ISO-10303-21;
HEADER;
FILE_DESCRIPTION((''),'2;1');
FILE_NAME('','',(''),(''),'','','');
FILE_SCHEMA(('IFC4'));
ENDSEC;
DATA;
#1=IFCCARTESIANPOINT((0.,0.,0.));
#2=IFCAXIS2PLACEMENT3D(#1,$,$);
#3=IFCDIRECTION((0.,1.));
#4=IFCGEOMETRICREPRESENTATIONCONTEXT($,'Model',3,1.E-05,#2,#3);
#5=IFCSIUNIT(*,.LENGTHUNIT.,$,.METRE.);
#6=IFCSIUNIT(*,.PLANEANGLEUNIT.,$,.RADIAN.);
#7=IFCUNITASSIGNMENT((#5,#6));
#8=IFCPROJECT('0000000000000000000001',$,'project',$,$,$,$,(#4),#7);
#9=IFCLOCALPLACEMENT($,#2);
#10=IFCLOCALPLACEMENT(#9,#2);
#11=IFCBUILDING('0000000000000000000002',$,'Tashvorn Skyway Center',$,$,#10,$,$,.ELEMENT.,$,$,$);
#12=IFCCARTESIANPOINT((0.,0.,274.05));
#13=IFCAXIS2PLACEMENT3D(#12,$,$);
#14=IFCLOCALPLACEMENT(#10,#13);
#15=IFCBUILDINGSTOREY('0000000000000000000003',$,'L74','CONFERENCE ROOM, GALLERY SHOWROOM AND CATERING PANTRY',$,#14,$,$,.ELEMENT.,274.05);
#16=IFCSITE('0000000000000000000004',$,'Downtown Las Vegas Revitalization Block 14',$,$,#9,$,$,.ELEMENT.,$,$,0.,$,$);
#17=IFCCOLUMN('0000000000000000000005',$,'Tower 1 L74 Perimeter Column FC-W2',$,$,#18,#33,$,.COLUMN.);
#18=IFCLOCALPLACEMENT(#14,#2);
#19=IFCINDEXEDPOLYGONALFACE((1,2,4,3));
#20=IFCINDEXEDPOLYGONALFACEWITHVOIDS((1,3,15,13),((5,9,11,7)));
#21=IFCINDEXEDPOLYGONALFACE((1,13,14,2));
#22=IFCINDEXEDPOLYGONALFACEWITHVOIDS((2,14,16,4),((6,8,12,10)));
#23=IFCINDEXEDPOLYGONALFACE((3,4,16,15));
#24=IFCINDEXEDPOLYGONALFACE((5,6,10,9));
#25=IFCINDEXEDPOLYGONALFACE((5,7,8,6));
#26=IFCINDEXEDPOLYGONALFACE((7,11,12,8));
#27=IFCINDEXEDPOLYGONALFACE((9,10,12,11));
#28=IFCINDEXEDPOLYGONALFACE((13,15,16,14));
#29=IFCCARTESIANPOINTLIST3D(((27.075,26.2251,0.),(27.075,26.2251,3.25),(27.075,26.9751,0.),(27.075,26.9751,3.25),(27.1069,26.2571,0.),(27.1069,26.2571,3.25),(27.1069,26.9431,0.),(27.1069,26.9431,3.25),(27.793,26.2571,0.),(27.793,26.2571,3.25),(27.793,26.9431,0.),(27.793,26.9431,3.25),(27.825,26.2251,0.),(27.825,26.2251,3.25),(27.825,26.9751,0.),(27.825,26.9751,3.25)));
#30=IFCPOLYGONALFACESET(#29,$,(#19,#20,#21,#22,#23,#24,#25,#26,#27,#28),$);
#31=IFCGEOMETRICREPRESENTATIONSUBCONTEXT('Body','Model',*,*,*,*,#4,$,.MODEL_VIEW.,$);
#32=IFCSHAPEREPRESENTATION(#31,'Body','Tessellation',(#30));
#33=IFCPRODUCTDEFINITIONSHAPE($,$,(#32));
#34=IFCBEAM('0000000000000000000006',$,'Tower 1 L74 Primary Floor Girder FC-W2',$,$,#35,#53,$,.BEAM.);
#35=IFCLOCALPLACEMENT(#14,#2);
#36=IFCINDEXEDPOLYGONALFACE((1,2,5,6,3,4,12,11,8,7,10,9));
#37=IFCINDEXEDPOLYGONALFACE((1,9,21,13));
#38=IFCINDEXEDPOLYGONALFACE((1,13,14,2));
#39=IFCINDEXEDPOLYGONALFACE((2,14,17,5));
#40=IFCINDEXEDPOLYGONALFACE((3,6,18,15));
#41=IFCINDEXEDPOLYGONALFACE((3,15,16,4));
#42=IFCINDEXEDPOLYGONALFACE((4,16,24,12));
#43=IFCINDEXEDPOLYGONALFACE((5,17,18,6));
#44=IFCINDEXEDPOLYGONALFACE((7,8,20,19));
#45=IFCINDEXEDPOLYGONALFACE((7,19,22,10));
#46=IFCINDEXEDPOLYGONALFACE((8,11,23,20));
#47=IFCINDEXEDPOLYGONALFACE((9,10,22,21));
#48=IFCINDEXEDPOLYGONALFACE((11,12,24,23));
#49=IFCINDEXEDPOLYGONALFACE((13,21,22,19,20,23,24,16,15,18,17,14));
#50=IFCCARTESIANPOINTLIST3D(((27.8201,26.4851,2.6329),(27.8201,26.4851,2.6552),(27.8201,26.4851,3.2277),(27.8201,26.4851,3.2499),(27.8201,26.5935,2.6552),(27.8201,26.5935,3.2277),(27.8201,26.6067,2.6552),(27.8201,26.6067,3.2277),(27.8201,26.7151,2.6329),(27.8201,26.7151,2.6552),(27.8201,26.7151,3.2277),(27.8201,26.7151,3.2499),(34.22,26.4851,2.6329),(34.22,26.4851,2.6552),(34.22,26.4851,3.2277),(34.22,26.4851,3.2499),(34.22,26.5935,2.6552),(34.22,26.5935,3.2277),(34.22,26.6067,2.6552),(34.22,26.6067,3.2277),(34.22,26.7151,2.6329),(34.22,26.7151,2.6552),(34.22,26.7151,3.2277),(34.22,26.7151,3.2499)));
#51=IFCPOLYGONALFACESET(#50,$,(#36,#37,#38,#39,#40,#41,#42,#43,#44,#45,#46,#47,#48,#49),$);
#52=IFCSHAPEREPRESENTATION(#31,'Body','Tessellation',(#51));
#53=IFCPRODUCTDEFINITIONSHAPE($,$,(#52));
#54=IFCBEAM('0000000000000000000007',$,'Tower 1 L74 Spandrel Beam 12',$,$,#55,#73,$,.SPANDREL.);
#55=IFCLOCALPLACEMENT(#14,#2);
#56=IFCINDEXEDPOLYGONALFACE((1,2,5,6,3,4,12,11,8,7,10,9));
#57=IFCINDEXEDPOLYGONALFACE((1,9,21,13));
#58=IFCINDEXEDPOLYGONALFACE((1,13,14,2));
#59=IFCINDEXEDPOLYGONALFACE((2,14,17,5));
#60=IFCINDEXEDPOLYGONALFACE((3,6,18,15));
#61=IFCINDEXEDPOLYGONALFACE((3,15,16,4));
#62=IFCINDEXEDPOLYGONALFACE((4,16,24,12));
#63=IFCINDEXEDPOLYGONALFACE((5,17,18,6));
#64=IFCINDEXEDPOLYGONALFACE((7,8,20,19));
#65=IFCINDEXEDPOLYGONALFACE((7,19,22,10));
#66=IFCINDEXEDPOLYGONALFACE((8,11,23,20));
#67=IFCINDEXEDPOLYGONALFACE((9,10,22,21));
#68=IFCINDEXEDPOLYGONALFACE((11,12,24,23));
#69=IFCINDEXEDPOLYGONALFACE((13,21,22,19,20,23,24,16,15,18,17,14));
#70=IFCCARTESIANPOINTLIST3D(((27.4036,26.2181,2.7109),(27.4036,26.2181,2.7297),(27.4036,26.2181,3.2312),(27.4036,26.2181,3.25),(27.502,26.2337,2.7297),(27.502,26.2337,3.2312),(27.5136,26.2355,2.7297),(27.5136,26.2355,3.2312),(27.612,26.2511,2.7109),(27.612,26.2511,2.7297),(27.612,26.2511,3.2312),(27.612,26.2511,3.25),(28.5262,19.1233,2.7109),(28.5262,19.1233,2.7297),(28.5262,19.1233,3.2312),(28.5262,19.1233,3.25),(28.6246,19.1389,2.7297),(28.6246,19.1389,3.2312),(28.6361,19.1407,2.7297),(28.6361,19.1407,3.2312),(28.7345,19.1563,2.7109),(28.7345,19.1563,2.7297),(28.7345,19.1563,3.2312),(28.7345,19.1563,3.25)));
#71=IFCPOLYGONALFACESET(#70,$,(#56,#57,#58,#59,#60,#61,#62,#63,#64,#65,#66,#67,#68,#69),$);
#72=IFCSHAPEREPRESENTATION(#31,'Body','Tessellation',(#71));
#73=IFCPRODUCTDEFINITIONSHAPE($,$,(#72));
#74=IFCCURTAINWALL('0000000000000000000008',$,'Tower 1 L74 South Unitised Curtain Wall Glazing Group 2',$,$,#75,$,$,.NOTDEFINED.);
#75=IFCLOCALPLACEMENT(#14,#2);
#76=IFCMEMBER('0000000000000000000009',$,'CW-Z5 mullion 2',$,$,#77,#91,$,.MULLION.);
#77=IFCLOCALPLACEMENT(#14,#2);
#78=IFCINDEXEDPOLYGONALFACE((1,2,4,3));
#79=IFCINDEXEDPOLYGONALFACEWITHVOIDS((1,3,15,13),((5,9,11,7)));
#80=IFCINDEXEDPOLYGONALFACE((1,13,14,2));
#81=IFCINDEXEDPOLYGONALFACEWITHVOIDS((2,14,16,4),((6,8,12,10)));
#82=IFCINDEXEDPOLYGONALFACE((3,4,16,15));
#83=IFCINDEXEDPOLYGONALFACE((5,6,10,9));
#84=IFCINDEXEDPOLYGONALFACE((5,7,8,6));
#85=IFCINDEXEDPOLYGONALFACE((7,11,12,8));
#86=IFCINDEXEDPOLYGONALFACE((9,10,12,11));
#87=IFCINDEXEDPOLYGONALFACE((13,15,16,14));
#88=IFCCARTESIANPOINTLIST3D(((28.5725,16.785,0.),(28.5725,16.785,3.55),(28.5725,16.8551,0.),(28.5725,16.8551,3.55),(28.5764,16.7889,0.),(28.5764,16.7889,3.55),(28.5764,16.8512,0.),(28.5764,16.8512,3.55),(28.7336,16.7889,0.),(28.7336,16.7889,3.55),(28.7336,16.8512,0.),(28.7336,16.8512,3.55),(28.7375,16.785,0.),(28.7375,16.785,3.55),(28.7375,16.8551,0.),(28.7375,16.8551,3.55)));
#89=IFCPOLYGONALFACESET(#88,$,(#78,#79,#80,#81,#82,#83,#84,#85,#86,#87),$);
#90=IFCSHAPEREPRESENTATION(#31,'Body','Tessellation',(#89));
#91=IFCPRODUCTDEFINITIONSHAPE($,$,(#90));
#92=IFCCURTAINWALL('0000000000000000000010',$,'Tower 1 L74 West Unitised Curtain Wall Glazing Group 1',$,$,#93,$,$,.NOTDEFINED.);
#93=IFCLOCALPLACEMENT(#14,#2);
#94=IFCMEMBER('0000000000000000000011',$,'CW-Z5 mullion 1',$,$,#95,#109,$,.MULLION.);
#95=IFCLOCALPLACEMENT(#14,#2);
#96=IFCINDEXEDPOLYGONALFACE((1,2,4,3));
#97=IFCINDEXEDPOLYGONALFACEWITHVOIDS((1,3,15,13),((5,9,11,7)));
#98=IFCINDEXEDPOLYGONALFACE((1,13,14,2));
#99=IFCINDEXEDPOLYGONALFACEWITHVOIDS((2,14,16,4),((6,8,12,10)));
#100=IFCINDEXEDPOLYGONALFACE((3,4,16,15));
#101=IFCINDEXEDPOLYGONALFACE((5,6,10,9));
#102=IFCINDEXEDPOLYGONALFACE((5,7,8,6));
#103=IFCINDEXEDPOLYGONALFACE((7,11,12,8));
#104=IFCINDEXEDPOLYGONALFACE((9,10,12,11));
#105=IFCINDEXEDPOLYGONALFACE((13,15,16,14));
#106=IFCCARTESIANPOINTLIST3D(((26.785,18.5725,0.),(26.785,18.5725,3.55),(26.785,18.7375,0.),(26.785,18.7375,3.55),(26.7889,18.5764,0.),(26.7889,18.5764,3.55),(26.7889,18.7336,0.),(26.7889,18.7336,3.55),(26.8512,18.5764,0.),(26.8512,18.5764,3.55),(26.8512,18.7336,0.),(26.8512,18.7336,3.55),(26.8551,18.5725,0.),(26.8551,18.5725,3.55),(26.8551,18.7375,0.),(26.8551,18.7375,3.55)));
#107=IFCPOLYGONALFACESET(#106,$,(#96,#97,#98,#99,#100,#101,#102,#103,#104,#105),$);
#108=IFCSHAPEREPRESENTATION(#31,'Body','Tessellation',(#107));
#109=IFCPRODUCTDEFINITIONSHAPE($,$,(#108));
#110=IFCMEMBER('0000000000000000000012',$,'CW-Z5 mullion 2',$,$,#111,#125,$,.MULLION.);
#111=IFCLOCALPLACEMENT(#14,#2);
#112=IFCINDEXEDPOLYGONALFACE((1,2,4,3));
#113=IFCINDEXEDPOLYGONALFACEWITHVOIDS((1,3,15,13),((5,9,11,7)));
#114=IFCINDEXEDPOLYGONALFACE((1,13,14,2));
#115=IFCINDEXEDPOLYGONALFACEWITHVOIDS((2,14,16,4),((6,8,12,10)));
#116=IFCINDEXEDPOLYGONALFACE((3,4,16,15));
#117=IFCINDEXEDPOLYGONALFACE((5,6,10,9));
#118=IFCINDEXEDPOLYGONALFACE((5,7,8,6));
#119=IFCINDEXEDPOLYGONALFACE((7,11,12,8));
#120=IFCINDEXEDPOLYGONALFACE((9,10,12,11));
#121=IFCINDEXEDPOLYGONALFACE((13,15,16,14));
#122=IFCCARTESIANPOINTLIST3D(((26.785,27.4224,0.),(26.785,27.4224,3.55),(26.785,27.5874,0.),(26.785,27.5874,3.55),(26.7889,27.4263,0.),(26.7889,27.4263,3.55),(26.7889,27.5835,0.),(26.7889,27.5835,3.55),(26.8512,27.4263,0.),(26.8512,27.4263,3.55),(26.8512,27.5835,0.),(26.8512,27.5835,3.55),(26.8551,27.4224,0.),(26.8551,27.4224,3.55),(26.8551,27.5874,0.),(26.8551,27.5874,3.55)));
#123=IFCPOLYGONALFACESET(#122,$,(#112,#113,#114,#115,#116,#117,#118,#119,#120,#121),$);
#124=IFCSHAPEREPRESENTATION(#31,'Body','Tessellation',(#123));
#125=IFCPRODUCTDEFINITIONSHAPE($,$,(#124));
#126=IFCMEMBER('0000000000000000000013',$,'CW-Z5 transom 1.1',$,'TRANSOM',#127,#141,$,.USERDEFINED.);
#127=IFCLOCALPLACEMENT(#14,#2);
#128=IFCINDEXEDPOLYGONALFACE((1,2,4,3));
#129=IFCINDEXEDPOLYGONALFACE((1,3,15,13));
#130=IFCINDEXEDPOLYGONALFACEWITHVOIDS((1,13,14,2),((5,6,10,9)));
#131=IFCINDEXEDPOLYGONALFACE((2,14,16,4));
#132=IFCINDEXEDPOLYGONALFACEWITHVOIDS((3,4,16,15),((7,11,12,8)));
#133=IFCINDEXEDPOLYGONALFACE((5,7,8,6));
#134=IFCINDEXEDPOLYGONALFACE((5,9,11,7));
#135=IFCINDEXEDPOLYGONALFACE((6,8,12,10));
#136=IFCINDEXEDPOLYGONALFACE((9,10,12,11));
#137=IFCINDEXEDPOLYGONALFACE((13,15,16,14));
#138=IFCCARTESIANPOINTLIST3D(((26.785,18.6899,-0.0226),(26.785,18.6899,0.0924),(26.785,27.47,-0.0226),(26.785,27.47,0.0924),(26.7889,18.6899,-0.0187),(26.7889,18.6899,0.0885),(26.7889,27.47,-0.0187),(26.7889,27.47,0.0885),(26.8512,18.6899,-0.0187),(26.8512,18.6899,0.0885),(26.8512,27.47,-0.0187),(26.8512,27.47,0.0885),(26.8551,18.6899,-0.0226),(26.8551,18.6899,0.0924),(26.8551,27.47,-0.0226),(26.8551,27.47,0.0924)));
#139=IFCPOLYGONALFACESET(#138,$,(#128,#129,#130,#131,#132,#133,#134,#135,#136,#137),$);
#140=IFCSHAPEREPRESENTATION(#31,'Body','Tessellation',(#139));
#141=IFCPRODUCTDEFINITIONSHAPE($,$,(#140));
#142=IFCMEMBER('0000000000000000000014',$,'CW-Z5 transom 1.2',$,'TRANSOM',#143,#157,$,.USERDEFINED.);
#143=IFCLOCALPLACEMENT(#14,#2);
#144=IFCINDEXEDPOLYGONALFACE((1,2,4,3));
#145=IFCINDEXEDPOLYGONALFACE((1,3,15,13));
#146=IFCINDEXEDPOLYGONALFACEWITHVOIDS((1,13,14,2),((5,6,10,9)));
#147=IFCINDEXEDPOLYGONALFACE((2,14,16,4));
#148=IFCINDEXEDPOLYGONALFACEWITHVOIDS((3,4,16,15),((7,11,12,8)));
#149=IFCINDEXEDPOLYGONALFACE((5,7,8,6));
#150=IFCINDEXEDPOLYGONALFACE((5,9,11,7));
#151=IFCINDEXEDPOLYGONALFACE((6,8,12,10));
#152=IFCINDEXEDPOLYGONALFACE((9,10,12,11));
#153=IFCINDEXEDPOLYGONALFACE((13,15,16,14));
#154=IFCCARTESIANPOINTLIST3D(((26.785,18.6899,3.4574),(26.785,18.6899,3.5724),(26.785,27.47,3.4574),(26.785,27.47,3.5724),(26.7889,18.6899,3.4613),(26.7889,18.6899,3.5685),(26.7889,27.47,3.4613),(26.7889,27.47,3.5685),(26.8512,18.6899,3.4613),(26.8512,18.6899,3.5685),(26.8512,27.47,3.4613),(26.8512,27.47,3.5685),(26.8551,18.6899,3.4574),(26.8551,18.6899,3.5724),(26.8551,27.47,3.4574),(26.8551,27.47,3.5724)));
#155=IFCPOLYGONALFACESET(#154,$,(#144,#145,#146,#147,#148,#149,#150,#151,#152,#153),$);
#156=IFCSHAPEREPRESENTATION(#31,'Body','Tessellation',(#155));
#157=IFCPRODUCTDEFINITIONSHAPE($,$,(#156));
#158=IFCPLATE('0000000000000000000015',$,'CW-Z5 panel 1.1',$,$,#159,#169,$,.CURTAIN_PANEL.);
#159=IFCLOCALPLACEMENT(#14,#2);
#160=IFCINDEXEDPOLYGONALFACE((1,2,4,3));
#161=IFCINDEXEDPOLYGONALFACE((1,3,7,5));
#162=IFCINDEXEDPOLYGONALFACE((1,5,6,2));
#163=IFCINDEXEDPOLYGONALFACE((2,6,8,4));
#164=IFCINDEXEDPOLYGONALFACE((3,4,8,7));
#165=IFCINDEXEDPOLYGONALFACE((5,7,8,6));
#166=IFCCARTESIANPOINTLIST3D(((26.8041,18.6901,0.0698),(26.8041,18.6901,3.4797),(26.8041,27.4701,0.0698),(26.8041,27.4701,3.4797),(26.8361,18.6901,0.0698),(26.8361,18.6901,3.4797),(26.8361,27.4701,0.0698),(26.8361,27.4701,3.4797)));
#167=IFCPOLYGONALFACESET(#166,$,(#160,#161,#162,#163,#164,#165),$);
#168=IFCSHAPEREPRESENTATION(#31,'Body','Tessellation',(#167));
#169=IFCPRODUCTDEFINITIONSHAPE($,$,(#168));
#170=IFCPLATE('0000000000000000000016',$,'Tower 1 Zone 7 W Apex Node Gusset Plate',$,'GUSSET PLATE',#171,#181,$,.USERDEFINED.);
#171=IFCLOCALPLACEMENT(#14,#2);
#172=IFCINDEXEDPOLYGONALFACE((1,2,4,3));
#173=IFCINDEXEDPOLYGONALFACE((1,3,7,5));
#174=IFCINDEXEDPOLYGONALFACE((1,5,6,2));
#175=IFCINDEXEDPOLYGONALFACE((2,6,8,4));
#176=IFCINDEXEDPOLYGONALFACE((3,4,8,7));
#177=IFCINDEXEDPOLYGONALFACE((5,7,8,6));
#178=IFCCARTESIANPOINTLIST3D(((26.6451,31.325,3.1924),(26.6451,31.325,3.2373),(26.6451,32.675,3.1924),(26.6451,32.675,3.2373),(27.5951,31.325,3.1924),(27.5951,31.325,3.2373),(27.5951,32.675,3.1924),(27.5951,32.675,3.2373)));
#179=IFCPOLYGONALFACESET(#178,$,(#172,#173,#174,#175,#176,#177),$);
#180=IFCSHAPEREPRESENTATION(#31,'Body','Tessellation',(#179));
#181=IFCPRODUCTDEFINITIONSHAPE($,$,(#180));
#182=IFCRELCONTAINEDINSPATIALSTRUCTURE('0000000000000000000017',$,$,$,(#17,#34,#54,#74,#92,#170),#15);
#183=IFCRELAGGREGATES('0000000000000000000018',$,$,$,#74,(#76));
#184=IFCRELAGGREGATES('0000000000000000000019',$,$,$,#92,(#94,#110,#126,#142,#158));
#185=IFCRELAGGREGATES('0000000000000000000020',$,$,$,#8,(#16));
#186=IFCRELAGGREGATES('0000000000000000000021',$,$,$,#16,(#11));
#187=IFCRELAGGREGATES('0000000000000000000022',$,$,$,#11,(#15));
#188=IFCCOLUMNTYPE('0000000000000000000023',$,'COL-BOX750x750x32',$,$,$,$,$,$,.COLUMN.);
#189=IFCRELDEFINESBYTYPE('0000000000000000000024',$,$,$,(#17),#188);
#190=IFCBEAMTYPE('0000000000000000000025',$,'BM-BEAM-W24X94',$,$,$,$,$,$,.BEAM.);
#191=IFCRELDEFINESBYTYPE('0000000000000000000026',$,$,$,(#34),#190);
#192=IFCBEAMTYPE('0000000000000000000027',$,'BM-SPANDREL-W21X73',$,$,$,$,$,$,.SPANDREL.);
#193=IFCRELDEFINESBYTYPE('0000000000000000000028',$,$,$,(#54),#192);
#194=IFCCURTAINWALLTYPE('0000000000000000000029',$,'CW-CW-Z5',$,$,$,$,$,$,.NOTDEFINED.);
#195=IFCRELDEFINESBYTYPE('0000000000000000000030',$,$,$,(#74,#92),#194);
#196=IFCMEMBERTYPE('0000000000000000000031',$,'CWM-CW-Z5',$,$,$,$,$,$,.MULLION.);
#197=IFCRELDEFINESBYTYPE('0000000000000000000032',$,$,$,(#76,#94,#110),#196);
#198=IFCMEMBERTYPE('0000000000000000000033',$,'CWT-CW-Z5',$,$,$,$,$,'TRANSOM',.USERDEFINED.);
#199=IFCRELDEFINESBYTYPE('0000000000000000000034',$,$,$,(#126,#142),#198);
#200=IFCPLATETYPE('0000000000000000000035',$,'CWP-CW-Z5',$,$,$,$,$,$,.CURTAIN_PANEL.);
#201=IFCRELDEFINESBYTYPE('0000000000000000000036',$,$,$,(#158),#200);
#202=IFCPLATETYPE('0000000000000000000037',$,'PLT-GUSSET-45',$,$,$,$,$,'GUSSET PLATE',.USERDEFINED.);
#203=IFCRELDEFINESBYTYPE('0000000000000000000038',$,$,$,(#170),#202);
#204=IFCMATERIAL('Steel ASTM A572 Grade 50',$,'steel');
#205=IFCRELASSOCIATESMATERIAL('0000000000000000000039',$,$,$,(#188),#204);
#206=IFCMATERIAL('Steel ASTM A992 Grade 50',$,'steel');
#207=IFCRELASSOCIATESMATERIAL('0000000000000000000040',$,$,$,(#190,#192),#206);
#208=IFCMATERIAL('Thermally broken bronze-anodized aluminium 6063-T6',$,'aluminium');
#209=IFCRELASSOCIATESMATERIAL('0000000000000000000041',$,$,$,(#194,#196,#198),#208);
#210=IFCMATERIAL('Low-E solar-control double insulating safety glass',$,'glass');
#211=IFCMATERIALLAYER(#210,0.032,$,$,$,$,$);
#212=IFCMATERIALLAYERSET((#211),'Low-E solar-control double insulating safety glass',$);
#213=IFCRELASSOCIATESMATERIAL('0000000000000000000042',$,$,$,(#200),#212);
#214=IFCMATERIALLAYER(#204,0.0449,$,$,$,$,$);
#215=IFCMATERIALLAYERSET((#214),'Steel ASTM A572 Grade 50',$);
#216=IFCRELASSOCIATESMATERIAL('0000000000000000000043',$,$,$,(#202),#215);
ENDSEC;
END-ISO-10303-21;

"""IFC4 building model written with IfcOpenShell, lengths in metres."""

from ifc_helpers import new_model, si_unit, direction, frame, origin, origin_2d, place, context, subcontext, project, spatial, rectangle, hollow_rectangle, i_section, extrude, material, layer, layer_set, material_profile, profile_set, type_object, element, aggregate, save


model = new_model("IFC4")

# Units and contexts
model_context = context("Model", 3, precision=1e-05, world=origin(), true_north=direction((0.0, 1.0)))
body_context = subcontext(model_context, "Body", "Model", "MODEL_VIEW")
ifc_project = project(units=[si_unit("LENGTHUNIT", "METRE"), si_unit("PLANEANGLEUNIT", "RADIAN")], contexts=[model_context])

# Site, building, storey
site_placement = place(None, origin())
site = spatial("IfcSite", under=ifc_project, at=site_placement, Name="Downtown Las Vegas Revitalization Block 14", CompositionType="ELEMENT", RefElevation=0.0)
building_placement = place(site_placement, origin())
building = spatial("IfcBuilding", under=site, at=building_placement, Name="Tashvorn Skyway Center", CompositionType="ELEMENT")
storey_placement = place(building_placement, frame((0.0, 0.0, 274.05)))
storey = spatial("IfcBuildingStorey", under=building, at=storey_placement, Name="L74", Description="CONFERENCE ROOM, GALLERY SHOWROOM AND CATERING PANTRY", CompositionType="ELEMENT", Elevation=274.05)

# Column
ifc_material_1 = material(Name="Steel ASTM A572 Grade 50", Category="steel")
ifc_material_profile_1 = material_profile(ifc_material_1, hollow_rectangle(XDim=0.75, YDim=0.75, WallThickness=0.032, at=origin_2d()), Name="BOX750x750x32")
ifc_profile_set_1 = profile_set([ifc_material_profile_1], Name="Steel ASTM A572 Grade 50")
column_type = type_object("IfcColumnType", Name="COL-BOX750x750x32", PredefinedType="COLUMN", material=ifc_profile_set_1)
column_placement = place(storey_placement, frame((27.45, 26.6001, 0.0), z_axis=(0.0, 0.0, 1.0), x_axis=(1.0, 0.0, 0.0)))
element("IfcColumn", 1, at=column_placement, inside=storey, type_object=column_type, Name="Tower 1 L74 Perimeter Column FC-W2", PredefinedType="COLUMN", context=body_context, shape_type="SweptSolid", body=[
    extrude(hollow_rectangle(XDim=0.75, YDim=0.75, WallThickness=0.032, at=origin_2d()), origin(), (0.0, 0.0, 1.0), 3.25),
])

# Beams
ifc_material_2 = material(Name="Steel ASTM A992 Grade 50", Category="steel")
ifc_material_profile_2 = material_profile(ifc_material_2, i_section(OverallWidth=0.23, OverallDepth=0.6169, WebThickness=0.0132, FlangeThickness=0.0222, at=origin_2d()), Name="W24X94")
ifc_profile_set_2 = profile_set([ifc_material_profile_2], Name="Steel ASTM A992 Grade 50")
beam_type_1 = type_object("IfcBeamType", Name="BM-BEAM-W24X94", PredefinedType="BEAM", material=ifc_profile_set_2)
beam_1_placement = place(storey_placement, frame((27.8201, 26.6001, 2.9414), z_axis=(1.0, 0.0, 0.0), x_axis=(0.0, 1.0, 0.0)))
element("IfcBeam", 2, at=beam_1_placement, inside=storey, type_object=beam_type_1, Name="Tower 1 L74 Primary Floor Girder FC-W2", PredefinedType="BEAM", context=body_context, shape_type="SweptSolid", body=[
    extrude(i_section(OverallWidth=0.23, OverallDepth=0.6169, WebThickness=0.0132, FlangeThickness=0.0222, at=origin_2d()), origin(), (0.0, 0.0, 1.0), 6.3999),
])
ifc_material_profile_3 = material_profile(ifc_material_2, i_section(OverallWidth=0.2109, OverallDepth=0.5391, WebThickness=0.0117, FlangeThickness=0.0188, at=origin_2d()), Name="W21X73")
ifc_profile_set_3 = profile_set([ifc_material_profile_3], Name="Steel ASTM A992 Grade 50")
beam_type_2 = type_object("IfcBeamType", Name="BM-SPANDREL-W21X73", PredefinedType="SPANDREL", material=ifc_profile_set_3)
beam_2_placement = place(storey_placement, frame((27.5078, 26.2346, 2.9805), z_axis=(0.156275, -0.987714, 0.0), x_axis=(0.987714, 0.156275, 0.0)))
element("IfcBeam", 3, at=beam_2_placement, inside=storey, type_object=beam_type_2, Name="Tower 1 L74 Spandrel Beam 12", PredefinedType="SPANDREL", context=body_context, shape_type="SweptSolid", body=[
    extrude(i_section(OverallWidth=0.2109, OverallDepth=0.5391, WebThickness=0.0117, FlangeThickness=0.0188, at=origin_2d()), origin(), (0.0, 0.0, 1.0), 7.1831),
])

# Curtain wall, member
ifc_material_3 = material(Name="Thermally broken bronze-anodized aluminium 6063-T6", Category="aluminium")
curtain_wall_type = type_object("IfcCurtainWallType", Name="CW-CW-Z5", PredefinedType="NOTDEFINED", material=ifc_material_3)
curtain_wall_1_placement = place(storey_placement, origin())
curtain_wall_1 = element("IfcCurtainWall", 4, at=curtain_wall_1_placement, inside=storey, type_object=curtain_wall_type, Name="Tower 1 L74 South Unitised Curtain Wall Glazing Group 2", PredefinedType="NOTDEFINED")
ifc_material_profile_4 = material_profile(ifc_material_3, hollow_rectangle(XDim=0.0701, YDim=0.165, WallThickness=0.0039, at=origin_2d()), Name="ALU-MULL-70x165")
ifc_profile_set_4 = profile_set([ifc_material_profile_4], Name="Thermally broken bronze-anodized aluminium 6063-T6")
member_type_1 = type_object("IfcMemberType", Name="CWM-CW-Z5", PredefinedType="MULLION", material=ifc_profile_set_4)
member_1_placement = place(storey_placement, frame((28.655, 16.8201, 0.0), z_axis=(0.0, 0.0, 1.0), x_axis=(0.0, -1.0, 0.0)))
member_1 = element("IfcMember", 5, at=member_1_placement, type_object=member_type_1, Name="CW-Z5 mullion 2", PredefinedType="MULLION", context=body_context, shape_type="SweptSolid", body=[
    extrude(hollow_rectangle(XDim=0.0701, YDim=0.165, WallThickness=0.0039, at=origin_2d()), origin(), (0.0, 0.0, 1.0), 3.55),
])
aggregate(curtain_wall_1, [member_1])

# Curtain wall, members, plate
curtain_wall_2_placement = place(storey_placement, origin())
curtain_wall_2 = element("IfcCurtainWall", 6, at=curtain_wall_2_placement, inside=storey, type_object=curtain_wall_type, Name="Tower 1 L74 West Unitised Curtain Wall Glazing Group 1", PredefinedType="NOTDEFINED")
member_2_placement = place(storey_placement, frame((26.8201, 18.655, 0.0), z_axis=(0.0, 0.0, 1.0), x_axis=(-1.0, 0.0, 0.0)))
member_2 = element("IfcMember", 7, at=member_2_placement, type_object=member_type_1, Name="CW-Z5 mullion 1", PredefinedType="MULLION", context=body_context, shape_type="SweptSolid", body=[
    extrude(hollow_rectangle(XDim=0.0701, YDim=0.165, WallThickness=0.0039, at=origin_2d()), origin(), (0.0, 0.0, 1.0), 3.55),
])
member_3_placement = place(storey_placement, frame((26.8201, 27.5049, 0.0), z_axis=(0.0, 0.0, 1.0), x_axis=(-1.0, 0.0, 0.0)))
member_3 = element("IfcMember", 8, at=member_3_placement, type_object=member_type_1, Name="CW-Z5 mullion 2", PredefinedType="MULLION", context=body_context, shape_type="SweptSolid", body=[
    extrude(hollow_rectangle(XDim=0.0701, YDim=0.165, WallThickness=0.0039, at=origin_2d()), origin(), (0.0, 0.0, 1.0), 3.55),
])
ifc_material_profile_5 = material_profile(ifc_material_3, hollow_rectangle(XDim=0.0701, YDim=0.115, WallThickness=0.0039, at=origin_2d()), Name="ALU-TRAN-70x115")
ifc_profile_set_5 = profile_set([ifc_material_profile_5], Name="Thermally broken bronze-anodized aluminium 6063-T6")
member_type_2 = type_object("IfcMemberType", Name="CWT-CW-Z5", ElementType="TRANSOM", PredefinedType="USERDEFINED", material=ifc_profile_set_5)
member_4_placement = place(storey_placement, frame((26.8201, 18.6899, 0.0349), z_axis=(0.0, 1.0, 0.0), x_axis=(-1.0, 0.0, 0.0)))
member_4 = element("IfcMember", 9, at=member_4_placement, type_object=member_type_2, Name="CW-Z5 transom 1.1", ObjectType="TRANSOM", PredefinedType="USERDEFINED", context=body_context, shape_type="SweptSolid", body=[
    extrude(hollow_rectangle(XDim=0.0701, YDim=0.115, WallThickness=0.0039, at=origin_2d()), origin(), (0.0, 0.0, 1.0), 8.78),
])
member_5_placement = place(storey_placement, frame((26.8201, 18.6899, 3.5149), z_axis=(0.0, 1.0, 0.0), x_axis=(-1.0, 0.0, 0.0)))
member_5 = element("IfcMember", 10, at=member_5_placement, type_object=member_type_2, Name="CW-Z5 transom 1.2", ObjectType="TRANSOM", PredefinedType="USERDEFINED", context=body_context, shape_type="SweptSolid", body=[
    extrude(hollow_rectangle(XDim=0.0701, YDim=0.115, WallThickness=0.0039, at=origin_2d()), origin(), (0.0, 0.0, 1.0), 8.78),
])
ifc_material_4 = material(Name="Low-E solar-control double insulating safety glass", Category="glass")
ifc_layer_1 = layer(ifc_material_4, 0.032)
ifc_layer_set_1 = layer_set([ifc_layer_1], Name="Low-E solar-control double insulating safety glass")
plate_type_1 = type_object("IfcPlateType", Name="CWP-CW-Z5", PredefinedType="CURTAIN_PANEL", material=ifc_layer_set_1)
plate_1_placement = place(storey_placement, frame((26.8201, 23.0801, 0.0698), z_axis=(0.0, 0.0, 1.0), x_axis=(0.0, 1.0, 0.0)))
plate_1 = element("IfcPlate", 11, at=plate_1_placement, type_object=plate_type_1, Name="CW-Z5 panel 1.1", PredefinedType="CURTAIN_PANEL", context=body_context, shape_type="SweptSolid", body=[
    extrude(rectangle(XDim=8.78, YDim=0.032, at=origin_2d()), origin(), (0.0, 0.0, 1.0), 3.4099),
])
aggregate(curtain_wall_2, [member_2, member_3, member_4, member_5, plate_1])

# Plate
ifc_layer_2 = layer(ifc_material_1, 0.0449)
ifc_layer_set_2 = layer_set([ifc_layer_2], Name="Steel ASTM A572 Grade 50")
plate_type_2 = type_object("IfcPlateType", Name="PLT-GUSSET-45", ElementType="GUSSET PLATE", PredefinedType="USERDEFINED", material=ifc_layer_set_2)
plate_2_placement = place(storey_placement, frame((27.1201, 32.0, 3.1924), z_axis=(0.0, 0.0, 1.0), x_axis=(0.0, -1.0, 0.0)))
element("IfcPlate", 12, at=plate_2_placement, inside=storey, type_object=plate_type_2, Name="Tower 1 Zone 7 W Apex Node Gusset Plate", ObjectType="GUSSET PLATE", PredefinedType="USERDEFINED", context=body_context, shape_type="SweptSolid", body=[
    extrude(rectangle(XDim=1.3501, YDim=0.95, at=origin_2d()), origin(), (0.0, 0.0, 1.0), 0.0449),
])

save(model, "model.ifc")
